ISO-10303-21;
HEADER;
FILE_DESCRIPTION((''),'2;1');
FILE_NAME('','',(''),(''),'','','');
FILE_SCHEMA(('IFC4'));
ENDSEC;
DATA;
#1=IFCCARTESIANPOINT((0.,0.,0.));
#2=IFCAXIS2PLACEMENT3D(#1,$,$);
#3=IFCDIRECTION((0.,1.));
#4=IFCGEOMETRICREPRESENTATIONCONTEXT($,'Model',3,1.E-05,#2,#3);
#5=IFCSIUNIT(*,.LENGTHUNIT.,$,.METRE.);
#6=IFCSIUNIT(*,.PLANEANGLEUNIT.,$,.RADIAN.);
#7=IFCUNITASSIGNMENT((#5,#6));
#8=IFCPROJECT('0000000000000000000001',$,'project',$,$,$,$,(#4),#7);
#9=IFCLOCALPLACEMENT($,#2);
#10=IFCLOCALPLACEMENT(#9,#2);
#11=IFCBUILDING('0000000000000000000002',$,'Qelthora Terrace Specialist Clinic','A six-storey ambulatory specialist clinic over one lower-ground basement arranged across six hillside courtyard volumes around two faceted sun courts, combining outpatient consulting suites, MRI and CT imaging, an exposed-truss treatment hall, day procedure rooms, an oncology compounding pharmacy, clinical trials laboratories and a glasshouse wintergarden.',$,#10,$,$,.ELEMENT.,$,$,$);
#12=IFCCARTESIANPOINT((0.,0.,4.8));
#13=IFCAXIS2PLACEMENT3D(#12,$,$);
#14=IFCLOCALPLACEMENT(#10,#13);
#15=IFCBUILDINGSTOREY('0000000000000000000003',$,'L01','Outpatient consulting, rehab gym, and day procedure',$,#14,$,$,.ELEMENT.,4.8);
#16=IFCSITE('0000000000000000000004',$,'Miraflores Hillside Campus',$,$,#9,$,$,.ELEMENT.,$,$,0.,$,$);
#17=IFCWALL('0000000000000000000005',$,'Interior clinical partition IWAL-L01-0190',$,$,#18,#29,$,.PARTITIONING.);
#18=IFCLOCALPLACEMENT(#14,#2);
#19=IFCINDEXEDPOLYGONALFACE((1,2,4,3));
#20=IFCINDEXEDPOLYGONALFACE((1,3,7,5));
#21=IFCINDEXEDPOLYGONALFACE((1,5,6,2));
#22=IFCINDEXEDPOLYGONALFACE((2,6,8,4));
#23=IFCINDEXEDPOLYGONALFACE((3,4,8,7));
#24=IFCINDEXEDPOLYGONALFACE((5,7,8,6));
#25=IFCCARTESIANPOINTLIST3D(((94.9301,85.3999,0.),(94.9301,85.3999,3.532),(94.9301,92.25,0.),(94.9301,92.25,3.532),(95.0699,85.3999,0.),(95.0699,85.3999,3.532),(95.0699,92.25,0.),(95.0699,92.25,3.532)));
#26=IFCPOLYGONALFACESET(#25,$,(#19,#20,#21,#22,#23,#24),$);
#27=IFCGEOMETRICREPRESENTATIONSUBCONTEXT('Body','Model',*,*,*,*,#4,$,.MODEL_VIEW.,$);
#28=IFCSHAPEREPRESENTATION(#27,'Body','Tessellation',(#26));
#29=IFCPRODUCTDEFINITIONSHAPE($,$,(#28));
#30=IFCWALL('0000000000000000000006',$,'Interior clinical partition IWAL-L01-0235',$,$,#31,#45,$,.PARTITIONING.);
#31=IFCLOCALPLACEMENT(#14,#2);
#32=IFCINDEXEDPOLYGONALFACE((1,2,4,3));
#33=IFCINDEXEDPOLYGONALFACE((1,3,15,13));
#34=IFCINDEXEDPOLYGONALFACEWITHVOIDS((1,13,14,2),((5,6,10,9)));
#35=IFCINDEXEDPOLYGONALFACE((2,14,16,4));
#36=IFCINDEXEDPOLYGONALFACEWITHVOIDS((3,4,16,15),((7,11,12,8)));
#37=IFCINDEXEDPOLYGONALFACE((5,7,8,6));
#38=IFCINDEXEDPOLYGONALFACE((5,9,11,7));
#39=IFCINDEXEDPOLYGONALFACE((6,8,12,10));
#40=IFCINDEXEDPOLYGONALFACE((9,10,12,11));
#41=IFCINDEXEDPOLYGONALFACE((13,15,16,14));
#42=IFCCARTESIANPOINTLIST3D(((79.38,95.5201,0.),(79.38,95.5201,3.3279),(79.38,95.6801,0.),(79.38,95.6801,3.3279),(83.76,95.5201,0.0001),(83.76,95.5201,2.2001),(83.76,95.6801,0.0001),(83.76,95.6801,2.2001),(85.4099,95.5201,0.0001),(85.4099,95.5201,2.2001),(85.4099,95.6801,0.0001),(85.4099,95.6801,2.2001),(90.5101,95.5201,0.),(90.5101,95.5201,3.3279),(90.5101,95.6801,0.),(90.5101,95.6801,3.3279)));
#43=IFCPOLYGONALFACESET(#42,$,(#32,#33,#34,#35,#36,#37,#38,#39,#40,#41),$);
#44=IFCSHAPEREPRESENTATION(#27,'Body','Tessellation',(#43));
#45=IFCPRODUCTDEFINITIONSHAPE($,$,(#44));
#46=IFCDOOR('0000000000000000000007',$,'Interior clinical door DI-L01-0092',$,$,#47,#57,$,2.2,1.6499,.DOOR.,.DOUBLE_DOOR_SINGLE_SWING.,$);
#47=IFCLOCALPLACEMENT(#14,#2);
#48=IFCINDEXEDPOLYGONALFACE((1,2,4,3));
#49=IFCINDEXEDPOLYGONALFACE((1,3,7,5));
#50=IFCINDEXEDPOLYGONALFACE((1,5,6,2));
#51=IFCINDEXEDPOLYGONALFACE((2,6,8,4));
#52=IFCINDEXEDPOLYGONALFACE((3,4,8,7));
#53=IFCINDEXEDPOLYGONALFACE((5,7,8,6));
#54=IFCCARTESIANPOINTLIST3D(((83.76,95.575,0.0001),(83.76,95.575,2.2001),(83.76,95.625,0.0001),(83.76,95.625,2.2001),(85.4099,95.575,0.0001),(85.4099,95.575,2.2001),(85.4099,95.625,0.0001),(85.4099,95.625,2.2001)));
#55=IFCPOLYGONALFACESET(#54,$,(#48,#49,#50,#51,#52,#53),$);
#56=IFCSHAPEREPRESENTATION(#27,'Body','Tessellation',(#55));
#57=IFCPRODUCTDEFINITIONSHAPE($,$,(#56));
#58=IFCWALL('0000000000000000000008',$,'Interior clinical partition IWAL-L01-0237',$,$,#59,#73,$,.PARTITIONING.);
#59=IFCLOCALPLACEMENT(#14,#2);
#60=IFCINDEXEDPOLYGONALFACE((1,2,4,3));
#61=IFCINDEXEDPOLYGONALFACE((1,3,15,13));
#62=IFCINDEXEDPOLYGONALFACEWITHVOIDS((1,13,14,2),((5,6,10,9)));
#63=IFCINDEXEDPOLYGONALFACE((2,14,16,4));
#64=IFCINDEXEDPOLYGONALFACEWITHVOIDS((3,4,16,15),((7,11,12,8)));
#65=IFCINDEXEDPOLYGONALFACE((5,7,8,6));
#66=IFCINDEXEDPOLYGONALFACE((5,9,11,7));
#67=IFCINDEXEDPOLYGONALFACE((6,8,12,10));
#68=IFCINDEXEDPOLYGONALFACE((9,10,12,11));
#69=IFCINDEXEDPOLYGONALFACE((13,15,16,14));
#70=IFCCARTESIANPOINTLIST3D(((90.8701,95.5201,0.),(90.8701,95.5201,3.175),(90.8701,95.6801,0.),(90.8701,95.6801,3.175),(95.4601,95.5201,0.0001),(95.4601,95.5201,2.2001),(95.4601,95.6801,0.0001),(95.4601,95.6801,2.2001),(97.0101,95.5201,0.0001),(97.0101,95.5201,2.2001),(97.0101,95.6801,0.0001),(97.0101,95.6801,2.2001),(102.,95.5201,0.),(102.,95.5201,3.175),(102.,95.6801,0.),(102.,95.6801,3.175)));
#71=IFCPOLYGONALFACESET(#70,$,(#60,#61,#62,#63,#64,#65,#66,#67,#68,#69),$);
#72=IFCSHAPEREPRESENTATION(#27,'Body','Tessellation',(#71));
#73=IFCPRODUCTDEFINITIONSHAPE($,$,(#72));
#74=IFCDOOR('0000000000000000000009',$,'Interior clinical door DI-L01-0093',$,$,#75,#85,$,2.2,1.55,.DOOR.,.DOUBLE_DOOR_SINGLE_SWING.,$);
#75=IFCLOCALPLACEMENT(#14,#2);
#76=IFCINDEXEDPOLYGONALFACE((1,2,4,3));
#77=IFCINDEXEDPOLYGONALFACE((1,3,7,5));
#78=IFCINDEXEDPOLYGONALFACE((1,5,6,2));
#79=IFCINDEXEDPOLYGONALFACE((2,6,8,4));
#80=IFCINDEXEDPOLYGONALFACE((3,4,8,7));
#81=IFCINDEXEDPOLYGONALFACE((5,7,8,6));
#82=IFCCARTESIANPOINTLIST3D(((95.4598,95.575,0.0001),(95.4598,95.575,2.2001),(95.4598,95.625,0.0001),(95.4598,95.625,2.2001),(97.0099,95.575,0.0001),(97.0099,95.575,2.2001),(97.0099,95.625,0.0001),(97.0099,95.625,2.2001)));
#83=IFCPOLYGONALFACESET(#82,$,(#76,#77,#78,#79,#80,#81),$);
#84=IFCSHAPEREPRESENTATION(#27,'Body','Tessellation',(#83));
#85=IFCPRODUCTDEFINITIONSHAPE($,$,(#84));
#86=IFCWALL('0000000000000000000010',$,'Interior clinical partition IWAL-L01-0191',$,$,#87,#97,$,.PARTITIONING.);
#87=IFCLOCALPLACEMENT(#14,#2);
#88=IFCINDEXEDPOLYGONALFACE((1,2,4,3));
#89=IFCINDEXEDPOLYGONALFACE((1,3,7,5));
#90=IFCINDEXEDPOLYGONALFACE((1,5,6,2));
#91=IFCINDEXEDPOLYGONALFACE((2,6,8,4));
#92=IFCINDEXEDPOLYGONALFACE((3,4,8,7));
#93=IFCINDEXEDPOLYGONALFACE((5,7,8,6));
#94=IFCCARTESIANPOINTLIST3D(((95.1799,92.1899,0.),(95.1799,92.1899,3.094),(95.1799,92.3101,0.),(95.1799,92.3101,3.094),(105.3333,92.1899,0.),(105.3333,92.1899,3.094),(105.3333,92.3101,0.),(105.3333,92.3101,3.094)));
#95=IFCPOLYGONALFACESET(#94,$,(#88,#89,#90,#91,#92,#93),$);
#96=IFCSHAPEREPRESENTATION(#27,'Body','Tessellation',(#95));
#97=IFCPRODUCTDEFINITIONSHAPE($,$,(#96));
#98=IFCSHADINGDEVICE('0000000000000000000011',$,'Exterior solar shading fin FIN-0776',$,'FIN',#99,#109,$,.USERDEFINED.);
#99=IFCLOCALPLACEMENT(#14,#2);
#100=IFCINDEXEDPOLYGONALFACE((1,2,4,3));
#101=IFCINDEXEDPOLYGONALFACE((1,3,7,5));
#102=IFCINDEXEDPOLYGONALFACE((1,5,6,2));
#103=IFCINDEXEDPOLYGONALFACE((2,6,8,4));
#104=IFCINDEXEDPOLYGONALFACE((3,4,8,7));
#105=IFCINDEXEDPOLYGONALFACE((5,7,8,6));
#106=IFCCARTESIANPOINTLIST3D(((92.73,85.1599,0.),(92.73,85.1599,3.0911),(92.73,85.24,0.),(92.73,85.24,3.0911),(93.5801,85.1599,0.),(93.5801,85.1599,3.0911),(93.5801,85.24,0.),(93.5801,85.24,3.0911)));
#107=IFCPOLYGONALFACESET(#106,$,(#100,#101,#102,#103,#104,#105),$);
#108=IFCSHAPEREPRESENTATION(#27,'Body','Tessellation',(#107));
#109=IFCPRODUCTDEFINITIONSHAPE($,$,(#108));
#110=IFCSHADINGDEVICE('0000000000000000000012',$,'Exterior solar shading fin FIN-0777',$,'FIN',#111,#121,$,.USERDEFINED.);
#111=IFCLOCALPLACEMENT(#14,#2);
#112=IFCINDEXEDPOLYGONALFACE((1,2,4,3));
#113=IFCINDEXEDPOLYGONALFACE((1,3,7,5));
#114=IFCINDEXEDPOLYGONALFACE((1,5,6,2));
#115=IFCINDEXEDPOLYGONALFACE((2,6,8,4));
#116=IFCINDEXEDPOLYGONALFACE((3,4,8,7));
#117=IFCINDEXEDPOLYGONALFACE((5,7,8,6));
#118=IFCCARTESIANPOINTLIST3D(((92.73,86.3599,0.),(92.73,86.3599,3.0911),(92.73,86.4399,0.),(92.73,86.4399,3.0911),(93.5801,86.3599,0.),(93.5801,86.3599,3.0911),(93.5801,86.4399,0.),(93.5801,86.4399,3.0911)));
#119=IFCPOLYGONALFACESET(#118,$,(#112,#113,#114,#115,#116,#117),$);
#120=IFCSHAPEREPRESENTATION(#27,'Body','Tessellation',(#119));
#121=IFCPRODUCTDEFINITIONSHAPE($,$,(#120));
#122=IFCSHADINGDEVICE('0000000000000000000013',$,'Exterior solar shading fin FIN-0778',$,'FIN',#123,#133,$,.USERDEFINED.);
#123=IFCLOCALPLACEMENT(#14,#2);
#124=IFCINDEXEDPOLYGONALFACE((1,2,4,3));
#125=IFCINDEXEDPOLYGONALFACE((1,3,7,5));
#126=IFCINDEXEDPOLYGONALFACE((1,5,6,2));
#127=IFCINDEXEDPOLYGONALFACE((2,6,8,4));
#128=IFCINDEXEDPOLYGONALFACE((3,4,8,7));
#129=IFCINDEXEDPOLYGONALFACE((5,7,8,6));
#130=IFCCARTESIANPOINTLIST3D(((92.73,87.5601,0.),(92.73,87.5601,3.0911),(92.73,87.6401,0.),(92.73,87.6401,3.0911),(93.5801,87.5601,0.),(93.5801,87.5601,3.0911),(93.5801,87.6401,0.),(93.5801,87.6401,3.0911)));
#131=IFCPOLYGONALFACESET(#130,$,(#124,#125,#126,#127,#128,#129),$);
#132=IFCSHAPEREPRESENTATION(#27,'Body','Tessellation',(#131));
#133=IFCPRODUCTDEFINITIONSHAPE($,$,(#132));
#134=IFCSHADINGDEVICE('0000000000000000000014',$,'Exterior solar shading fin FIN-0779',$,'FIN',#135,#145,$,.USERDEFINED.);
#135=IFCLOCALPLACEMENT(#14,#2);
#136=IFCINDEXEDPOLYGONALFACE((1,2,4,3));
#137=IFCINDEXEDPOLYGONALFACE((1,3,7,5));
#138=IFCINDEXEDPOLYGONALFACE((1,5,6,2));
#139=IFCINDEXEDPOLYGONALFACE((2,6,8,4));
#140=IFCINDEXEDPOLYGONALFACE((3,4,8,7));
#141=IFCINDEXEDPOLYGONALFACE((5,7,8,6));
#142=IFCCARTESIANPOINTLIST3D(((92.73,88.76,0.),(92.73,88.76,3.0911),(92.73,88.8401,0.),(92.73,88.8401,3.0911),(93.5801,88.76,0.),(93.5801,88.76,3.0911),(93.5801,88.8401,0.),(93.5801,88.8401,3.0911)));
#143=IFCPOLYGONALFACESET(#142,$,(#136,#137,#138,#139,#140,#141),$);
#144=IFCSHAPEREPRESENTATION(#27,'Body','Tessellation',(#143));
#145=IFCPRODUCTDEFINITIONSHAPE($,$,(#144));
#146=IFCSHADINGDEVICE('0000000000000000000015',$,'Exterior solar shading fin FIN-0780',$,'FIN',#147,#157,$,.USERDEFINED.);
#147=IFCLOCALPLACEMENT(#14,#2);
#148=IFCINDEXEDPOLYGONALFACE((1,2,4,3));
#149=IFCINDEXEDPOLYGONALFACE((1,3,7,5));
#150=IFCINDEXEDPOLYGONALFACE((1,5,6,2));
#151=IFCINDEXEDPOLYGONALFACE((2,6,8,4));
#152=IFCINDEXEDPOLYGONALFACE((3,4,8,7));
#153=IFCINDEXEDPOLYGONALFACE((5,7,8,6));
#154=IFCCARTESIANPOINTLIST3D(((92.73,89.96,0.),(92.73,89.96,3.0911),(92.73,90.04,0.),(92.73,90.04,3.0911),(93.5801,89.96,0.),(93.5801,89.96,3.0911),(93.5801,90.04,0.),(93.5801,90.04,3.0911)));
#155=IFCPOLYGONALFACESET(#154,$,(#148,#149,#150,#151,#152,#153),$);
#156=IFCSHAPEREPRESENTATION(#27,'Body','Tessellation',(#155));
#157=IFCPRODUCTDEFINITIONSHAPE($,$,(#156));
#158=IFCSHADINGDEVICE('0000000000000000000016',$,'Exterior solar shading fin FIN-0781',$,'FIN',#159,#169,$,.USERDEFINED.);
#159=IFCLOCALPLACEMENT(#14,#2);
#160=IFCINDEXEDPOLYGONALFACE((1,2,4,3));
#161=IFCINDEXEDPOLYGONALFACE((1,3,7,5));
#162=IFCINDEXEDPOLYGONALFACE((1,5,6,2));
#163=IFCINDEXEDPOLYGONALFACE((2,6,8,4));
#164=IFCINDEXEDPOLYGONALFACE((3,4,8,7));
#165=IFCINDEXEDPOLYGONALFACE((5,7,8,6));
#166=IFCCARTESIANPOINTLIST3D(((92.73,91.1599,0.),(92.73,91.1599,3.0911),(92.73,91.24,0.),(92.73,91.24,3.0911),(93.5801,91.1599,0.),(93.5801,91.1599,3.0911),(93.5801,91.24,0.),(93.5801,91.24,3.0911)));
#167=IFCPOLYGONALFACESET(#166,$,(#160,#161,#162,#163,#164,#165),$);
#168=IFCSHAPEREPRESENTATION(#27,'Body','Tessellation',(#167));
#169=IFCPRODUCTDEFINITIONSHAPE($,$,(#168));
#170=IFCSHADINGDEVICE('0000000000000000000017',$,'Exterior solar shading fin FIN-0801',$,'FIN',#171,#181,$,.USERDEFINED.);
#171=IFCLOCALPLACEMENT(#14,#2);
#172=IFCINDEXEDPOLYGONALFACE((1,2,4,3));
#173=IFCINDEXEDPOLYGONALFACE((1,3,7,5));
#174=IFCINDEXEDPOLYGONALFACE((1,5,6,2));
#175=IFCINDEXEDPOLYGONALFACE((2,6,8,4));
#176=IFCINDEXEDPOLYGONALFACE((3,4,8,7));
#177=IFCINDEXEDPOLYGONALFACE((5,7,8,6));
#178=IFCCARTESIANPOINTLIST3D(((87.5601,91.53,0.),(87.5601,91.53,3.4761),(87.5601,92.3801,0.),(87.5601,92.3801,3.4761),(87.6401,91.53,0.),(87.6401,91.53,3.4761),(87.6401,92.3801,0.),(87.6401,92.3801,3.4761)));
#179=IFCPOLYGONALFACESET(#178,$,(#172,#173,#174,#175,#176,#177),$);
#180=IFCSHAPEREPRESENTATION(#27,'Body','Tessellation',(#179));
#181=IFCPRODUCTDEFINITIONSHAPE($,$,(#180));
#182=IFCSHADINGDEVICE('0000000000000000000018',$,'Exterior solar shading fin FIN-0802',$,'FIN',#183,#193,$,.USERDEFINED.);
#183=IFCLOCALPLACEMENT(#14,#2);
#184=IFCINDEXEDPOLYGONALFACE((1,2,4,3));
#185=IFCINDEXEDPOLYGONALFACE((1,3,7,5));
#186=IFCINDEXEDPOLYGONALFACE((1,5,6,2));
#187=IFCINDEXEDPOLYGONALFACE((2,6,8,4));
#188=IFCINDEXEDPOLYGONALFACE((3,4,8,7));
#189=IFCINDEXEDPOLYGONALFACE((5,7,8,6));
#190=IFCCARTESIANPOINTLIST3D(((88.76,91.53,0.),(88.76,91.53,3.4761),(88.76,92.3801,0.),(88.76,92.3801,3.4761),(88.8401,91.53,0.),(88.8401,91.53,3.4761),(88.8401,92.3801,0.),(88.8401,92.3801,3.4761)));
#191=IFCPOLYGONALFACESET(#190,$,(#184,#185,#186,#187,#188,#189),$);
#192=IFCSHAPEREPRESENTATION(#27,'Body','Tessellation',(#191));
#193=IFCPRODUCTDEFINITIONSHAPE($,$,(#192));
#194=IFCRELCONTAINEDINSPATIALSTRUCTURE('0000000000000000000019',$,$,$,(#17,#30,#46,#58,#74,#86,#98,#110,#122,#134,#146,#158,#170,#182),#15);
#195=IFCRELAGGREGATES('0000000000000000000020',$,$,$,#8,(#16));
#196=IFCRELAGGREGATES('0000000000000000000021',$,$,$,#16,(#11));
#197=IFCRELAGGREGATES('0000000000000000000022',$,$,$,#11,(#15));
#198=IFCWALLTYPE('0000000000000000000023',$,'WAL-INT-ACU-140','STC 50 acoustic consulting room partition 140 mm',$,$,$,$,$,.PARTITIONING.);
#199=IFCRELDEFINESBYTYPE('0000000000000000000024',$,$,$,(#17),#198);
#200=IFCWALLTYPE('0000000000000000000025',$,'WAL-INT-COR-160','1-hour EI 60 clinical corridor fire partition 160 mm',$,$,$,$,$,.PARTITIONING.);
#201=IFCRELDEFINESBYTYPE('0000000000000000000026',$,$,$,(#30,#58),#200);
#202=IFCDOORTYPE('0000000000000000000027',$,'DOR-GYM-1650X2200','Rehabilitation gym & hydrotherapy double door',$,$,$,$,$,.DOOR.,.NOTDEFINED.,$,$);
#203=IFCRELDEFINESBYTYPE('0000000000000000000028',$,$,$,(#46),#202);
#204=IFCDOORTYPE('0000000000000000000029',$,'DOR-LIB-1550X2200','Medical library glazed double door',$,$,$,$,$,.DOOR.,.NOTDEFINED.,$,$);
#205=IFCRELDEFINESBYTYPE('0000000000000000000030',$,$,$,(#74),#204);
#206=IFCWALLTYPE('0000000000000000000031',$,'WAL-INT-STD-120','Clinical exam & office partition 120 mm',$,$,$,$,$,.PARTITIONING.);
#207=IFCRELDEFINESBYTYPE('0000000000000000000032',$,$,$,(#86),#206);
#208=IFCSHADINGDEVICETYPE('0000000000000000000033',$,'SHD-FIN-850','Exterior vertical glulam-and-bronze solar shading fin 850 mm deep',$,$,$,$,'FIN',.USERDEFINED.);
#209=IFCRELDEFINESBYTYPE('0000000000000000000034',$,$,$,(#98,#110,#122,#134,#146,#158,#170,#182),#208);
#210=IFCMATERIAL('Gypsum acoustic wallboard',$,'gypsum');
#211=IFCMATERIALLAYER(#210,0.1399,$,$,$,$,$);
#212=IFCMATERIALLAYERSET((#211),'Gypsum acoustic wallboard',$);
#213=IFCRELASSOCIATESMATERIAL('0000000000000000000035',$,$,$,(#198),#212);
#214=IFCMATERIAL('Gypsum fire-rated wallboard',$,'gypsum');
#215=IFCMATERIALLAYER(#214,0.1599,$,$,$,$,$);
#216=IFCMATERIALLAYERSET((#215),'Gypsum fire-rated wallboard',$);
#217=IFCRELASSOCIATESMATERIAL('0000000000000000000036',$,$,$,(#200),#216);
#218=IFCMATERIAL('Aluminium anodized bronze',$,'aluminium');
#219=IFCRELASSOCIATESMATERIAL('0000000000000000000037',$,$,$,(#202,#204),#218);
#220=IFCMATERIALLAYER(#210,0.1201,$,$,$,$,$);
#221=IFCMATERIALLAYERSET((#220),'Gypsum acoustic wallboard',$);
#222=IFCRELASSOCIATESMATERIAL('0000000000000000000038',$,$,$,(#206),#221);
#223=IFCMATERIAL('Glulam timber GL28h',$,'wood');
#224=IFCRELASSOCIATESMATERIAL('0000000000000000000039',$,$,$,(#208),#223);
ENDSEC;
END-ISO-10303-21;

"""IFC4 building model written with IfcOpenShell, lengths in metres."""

from ifc_helpers import new_model, si_unit, direction, frame, frame_2d, origin, origin_2d, place, context, subcontext, project, spatial, rectangle, extrude, material, layer, layer_set, type_object, element, fill, save


model = new_model("IFC4")

# Units and contexts
model_context = context("Model", 3, precision=1e-05, world=origin(), true_north=direction((0.0, 1.0)))
body_context = subcontext(model_context, "Body", "Model", "MODEL_VIEW")
ifc_project = project(units=[si_unit("LENGTHUNIT", "METRE"), si_unit("PLANEANGLEUNIT", "RADIAN")], contexts=[model_context])

# Site, building, storey
site_placement = place(None, origin())
site = spatial("IfcSite", under=ifc_project, at=site_placement, Name="Miraflores Hillside Campus", CompositionType="ELEMENT", RefElevation=0.0)
building_placement = place(site_placement, origin())
building = spatial("IfcBuilding", under=site, at=building_placement, Name="Qelthora Terrace Specialist Clinic", Description="A six-storey ambulatory specialist clinic over one lower-ground basement arranged across six hillside courtyard volumes around two faceted sun courts, combining outpatient consulting suites, MRI and CT imaging, an exposed-truss treatment hall, day procedure rooms, an oncology compounding pharmacy, clinical trials laboratories and a glasshouse wintergarden.", CompositionType="ELEMENT")
storey_placement = place(building_placement, frame((0.0, 0.0, 4.8)))
storey = spatial("IfcBuildingStorey", under=building, at=storey_placement, Name="L01", Description="Outpatient consulting, rehab gym, and day procedure", CompositionType="ELEMENT", Elevation=4.8)

# Wall
ifc_material_1 = material(Name="Gypsum acoustic wallboard", Category="gypsum")
ifc_layer_1 = layer(ifc_material_1, 0.1399)
ifc_layer_set_1 = layer_set([ifc_layer_1], Name="Gypsum acoustic wallboard")
wall_type_1 = type_object("IfcWallType", Name="WAL-INT-ACU-140", Description="STC 50 acoustic consulting room partition 140 mm", PredefinedType="PARTITIONING", material=ifc_layer_set_1)
wall_1_placement = place(storey_placement, frame((95.0, 85.3999, 0.0), z_axis=(0.0, 0.0, 1.0), x_axis=(0.0, 1.0, 0.0)))
element("IfcWall", 1, at=wall_1_placement, inside=storey, type_object=wall_type_1, Name="Interior clinical partition IWAL-L01-0190", PredefinedType="PARTITIONING", context=body_context, shape_type="SweptSolid", body=[
    extrude(rectangle(XDim=6.8501, YDim=0.1399, at=frame_2d((3.425, 0.0))), origin(), (0.0, 0.0, 1.0), 3.532),
])

# Walls, openings, doors
ifc_material_2 = material(Name="Gypsum fire-rated wallboard", Category="gypsum")
ifc_layer_2 = layer(ifc_material_2, 0.1599)
ifc_layer_set_2 = layer_set([ifc_layer_2], Name="Gypsum fire-rated wallboard")
wall_type_2 = type_object("IfcWallType", Name="WAL-INT-COR-160", Description="1-hour EI 60 clinical corridor fire partition 160 mm", PredefinedType="PARTITIONING", material=ifc_layer_set_2)
wall_2_placement = place(storey_placement, frame((90.51, 95.6001, 0.0), z_axis=(0.0, 0.0, 1.0), x_axis=(-1.0, 0.0, 0.0)))
wall_2 = element("IfcWall", 2, at=wall_2_placement, inside=storey, type_object=wall_type_2, Name="Interior clinical partition IWAL-L01-0235", PredefinedType="PARTITIONING", context=body_context, shape_type="SweptSolid", body=[
    extrude(rectangle(XDim=11.1301, YDim=0.1599, at=frame_2d((5.5649, 0.0))), origin(), (0.0, 0.0, 1.0), 3.3279),
])
opening_1_placement = place(wall_2_placement, frame((5.1001, 0.0, 0.0)))
opening_1 = element("IfcOpeningElement", 3, at=opening_1_placement, cuts=wall_2, PredefinedType="OPENING", context=body_context, shape_type="SweptSolid", body=[
    extrude(rectangle(XDim=1.6499, YDim=2.2, at=frame_2d((0.825, 1.1001))), frame((0.0, 0.0898, 0.0), z_axis=(0.0, -1.0, 0.0), x_axis=(1.0, 0.0, 0.0)), (0.0, 0.0, 1.0), 0.1799),
])
ifc_material_3 = material(Name="Aluminium anodized bronze", Category="aluminium")
door_type_1 = type_object("IfcDoorType", Name="DOR-GYM-1650X2200", Description="Rehabilitation gym & hydrotherapy double door", OperationType="NOTDEFINED", PredefinedType="DOOR", material=ifc_material_3)
door_1_placement = place(opening_1_placement, frame((1.6499, 0.0, 0.0), z_axis=(0.0, 0.0, 1.0), x_axis=(-1.0, 0.0, 0.0)))
door_1 = element("IfcDoor", 4, at=door_1_placement, inside=storey, type_object=door_type_1, Name="Interior clinical door DI-L01-0092", OperationType="DOUBLE_DOOR_SINGLE_SWING", OverallHeight=2.2, OverallWidth=1.6499, PredefinedType="DOOR", context=body_context, shape_type="SweptSolid", body=[
    extrude(rectangle(XDim=1.6499, YDim=2.2, at=frame_2d((0.825, 1.1001))), frame((0.0, 0.0249, 0.0), z_axis=(0.0, -1.0, 0.0), x_axis=(1.0, 0.0, 0.0)), (0.0, 0.0, 1.0), 0.05),
])
fill(opening_1, door_1)
wall_3_placement = place(storey_placement, frame((102.0, 95.6001, 0.0), z_axis=(0.0, 0.0, 1.0), x_axis=(-1.0, 0.0, 0.0)))
wall_3 = element("IfcWall", 5, at=wall_3_placement, inside=storey, type_object=wall_type_2, Name="Interior clinical partition IWAL-L01-0237", PredefinedType="PARTITIONING", context=body_context, shape_type="SweptSolid", body=[
    extrude(rectangle(XDim=11.1299, YDim=0.1599, at=frame_2d((5.5649, 0.0))), origin(), (0.0, 0.0, 1.0), 3.175),
])
opening_2_placement = place(wall_3_placement, frame((4.99, 0.0, 0.0)))
opening_2 = element("IfcOpeningElement", 6, at=opening_2_placement, cuts=wall_3, PredefinedType="OPENING", context=body_context, shape_type="SweptSolid", body=[
    extrude(rectangle(XDim=1.55, YDim=2.2, at=frame_2d((0.7749, 1.1001))), frame((0.0, 0.0898, 0.0), z_axis=(0.0, -1.0, 0.0), x_axis=(1.0, 0.0, 0.0)), (0.0, 0.0, 1.0), 0.1799),
])
door_type_2 = type_object("IfcDoorType", Name="DOR-LIB-1550X2200", Description="Medical library glazed double door", OperationType="NOTDEFINED", PredefinedType="DOOR", material=ifc_material_3)
door_2_placement = place(opening_2_placement, frame((1.55, 0.0, 0.0), z_axis=(0.0, 0.0, 1.0), x_axis=(-1.0, 0.0, 0.0)))
door_2 = element("IfcDoor", 7, at=door_2_placement, inside=storey, type_object=door_type_2, Name="Interior clinical door DI-L01-0093", OperationType="DOUBLE_DOOR_SINGLE_SWING", OverallHeight=2.2, OverallWidth=1.55, PredefinedType="DOOR", context=body_context, shape_type="SweptSolid", body=[
    extrude(rectangle(XDim=1.55, YDim=2.2, at=frame_2d((0.7749, 1.1001))), frame((0.0, 0.0249, 0.0), z_axis=(0.0, -1.0, 0.0), x_axis=(1.0, 0.0, 0.0)), (0.0, 0.0, 1.0), 0.05),
])
fill(opening_2, door_2)

# Wall
ifc_layer_3 = layer(ifc_material_1, 0.1201)
ifc_layer_set_3 = layer_set([ifc_layer_3], Name="Gypsum acoustic wallboard")
wall_type_3 = type_object("IfcWallType", Name="WAL-INT-STD-120", Description="Clinical exam & office partition 120 mm", PredefinedType="PARTITIONING", material=ifc_layer_set_3)
wall_4_placement = place(storey_placement, frame((95.1799, 92.25, 0.0), z_axis=(0.0, 0.0, 1.0), x_axis=(1.0, 0.0, 0.0)))
element("IfcWall", 8, at=wall_4_placement, inside=storey, type_object=wall_type_3, Name="Interior clinical partition IWAL-L01-0191", PredefinedType="PARTITIONING", context=body_context, shape_type="SweptSolid", body=[
    extrude(rectangle(XDim=10.1533, YDim=0.1201, at=frame_2d((5.0767, 0.0))), origin(), (0.0, 0.0, 1.0), 3.094),
])

# Shading devices
ifc_material_4 = material(Name="Glulam timber GL28h", Category="wood")
shading_device_type = type_object("IfcShadingDeviceType", Name="SHD-FIN-850", Description="Exterior vertical glulam-and-bronze solar shading fin 850 mm deep", ElementType="FIN", PredefinedType="USERDEFINED", material=ifc_material_4)
for number, where, z_axis, x_axis, name in (
    (9, (93.155, 85.2, 0.0), (0.0, 0.0, 1.0), (-1.0, 0.0, 0.0), "Exterior solar shading fin FIN-0776"),
    (10, (93.155, 86.3999, 0.0), (0.0, 0.0, 1.0), (-1.0, 0.0, 0.0), "Exterior solar shading fin FIN-0777"),
    (11, (93.155, 87.6001, 0.0), (0.0, 0.0, 1.0), (-1.0, 0.0, 0.0), "Exterior solar shading fin FIN-0778"),
    (12, (93.155, 88.8, 0.0), (0.0, 0.0, 1.0), (-1.0, 0.0, 0.0), "Exterior solar shading fin FIN-0779"),
    (13, (93.155, 90.0, 0.0), (0.0, 0.0, 1.0), (-1.0, 0.0, 0.0), "Exterior solar shading fin FIN-0780"),
    (14, (93.155, 91.2, 0.0), (0.0, 0.0, 1.0), (-1.0, 0.0, 0.0), "Exterior solar shading fin FIN-0781"),
):
    element("IfcShadingDevice", number, at=place(storey_placement, frame(where, z_axis=z_axis, x_axis=x_axis)), inside=storey, type_object=shading_device_type, Name=name, ObjectType="FIN", PredefinedType="USERDEFINED", context=body_context, shape_type="SweptSolid", body=[
        extrude(rectangle(XDim=0.8501, YDim=0.0801, at=origin_2d()), origin(), (0.0, 0.0, 1.0), 3.0911),
    ])
for number, where, z_axis, x_axis, name in (
    (15, (87.6001, 91.9551, 0.0), (0.0, 0.0, 1.0), (0.0, -1.0, 0.0), "Exterior solar shading fin FIN-0801"),
    (16, (88.8, 91.9551, 0.0), (0.0, 0.0, 1.0), (0.0, -1.0, 0.0), "Exterior solar shading fin FIN-0802"),
):
    element("IfcShadingDevice", number, at=place(storey_placement, frame(where, z_axis=z_axis, x_axis=x_axis)), inside=storey, type_object=shading_device_type, Name=name, ObjectType="FIN", PredefinedType="USERDEFINED", context=body_context, shape_type="SweptSolid", body=[
        extrude(rectangle(XDim=0.8501, YDim=0.0801, at=origin_2d()), origin(), (0.0, 0.0, 1.0), 3.4761),
    ])

save(model, "model.ifc")
